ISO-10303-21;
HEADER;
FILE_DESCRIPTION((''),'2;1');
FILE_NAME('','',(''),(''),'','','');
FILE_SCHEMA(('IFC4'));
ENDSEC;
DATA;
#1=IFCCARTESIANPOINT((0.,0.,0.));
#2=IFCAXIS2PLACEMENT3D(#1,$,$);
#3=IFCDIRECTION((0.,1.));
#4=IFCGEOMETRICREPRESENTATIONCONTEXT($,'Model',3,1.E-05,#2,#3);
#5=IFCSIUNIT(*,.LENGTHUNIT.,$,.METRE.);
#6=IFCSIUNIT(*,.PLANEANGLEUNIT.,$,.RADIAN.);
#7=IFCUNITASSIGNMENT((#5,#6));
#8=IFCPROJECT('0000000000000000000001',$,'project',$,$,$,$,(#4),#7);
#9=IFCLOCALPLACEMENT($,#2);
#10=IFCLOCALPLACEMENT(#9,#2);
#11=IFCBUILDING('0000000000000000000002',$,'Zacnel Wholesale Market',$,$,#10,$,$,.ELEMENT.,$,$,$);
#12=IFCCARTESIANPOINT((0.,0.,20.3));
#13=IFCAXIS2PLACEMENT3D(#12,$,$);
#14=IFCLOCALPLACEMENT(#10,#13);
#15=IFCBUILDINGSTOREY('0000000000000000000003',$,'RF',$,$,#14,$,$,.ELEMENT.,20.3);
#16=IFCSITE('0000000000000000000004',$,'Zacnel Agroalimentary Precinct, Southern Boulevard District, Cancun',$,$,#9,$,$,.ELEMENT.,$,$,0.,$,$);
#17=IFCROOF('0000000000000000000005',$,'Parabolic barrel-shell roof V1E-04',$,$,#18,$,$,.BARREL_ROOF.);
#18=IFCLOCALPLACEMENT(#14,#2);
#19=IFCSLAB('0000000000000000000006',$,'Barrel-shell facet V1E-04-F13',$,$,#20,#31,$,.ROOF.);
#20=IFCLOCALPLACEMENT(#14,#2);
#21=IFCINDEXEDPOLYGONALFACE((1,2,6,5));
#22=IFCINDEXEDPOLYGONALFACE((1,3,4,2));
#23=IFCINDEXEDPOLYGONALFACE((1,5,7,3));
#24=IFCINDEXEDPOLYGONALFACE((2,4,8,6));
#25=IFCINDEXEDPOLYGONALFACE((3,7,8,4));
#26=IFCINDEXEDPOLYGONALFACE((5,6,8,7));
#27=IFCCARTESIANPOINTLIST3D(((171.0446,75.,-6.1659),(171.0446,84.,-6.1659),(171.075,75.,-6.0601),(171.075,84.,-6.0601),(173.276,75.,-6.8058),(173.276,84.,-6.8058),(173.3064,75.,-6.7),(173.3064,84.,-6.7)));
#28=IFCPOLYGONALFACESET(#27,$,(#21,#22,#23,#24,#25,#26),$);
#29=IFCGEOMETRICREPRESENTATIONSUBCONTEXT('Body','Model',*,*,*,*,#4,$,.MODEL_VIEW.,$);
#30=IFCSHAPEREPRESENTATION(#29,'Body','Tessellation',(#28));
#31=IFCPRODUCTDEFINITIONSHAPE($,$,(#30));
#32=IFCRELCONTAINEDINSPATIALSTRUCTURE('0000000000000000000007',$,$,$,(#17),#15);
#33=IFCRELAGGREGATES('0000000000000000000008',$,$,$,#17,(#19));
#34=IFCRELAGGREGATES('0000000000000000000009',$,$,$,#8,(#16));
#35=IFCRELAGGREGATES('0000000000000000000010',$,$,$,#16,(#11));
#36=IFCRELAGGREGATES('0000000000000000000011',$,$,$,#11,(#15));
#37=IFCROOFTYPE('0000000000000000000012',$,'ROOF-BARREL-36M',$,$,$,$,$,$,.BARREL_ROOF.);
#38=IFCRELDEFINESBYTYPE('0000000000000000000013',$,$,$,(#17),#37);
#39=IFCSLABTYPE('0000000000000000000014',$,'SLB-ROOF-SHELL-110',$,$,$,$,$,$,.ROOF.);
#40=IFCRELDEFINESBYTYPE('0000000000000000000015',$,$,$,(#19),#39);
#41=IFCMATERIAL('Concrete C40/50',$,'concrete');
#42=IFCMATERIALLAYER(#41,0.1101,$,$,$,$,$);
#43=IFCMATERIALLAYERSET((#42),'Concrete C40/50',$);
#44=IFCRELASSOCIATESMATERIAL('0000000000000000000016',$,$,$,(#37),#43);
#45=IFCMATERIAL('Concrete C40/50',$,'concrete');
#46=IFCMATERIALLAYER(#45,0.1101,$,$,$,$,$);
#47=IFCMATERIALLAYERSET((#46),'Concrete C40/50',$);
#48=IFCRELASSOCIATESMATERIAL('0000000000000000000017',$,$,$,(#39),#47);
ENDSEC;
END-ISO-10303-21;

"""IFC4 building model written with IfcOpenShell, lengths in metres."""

from ifc_helpers import new_model, si_unit, direction, frame, origin, place, context, subcontext, project, spatial, polyline, outline, extrude, material, layer, layer_set, type_object, element, aggregate, save


model = new_model("IFC4")

# Units and contexts
model_context = context("Model", 3, precision=1e-05, world=origin(), true_north=direction((0.0, 1.0)))
body_context = subcontext(model_context, "Body", "Model", "MODEL_VIEW")
ifc_project = project(units=[si_unit("LENGTHUNIT", "METRE"), si_unit("PLANEANGLEUNIT", "RADIAN")], contexts=[model_context])

# Site, building, storey
site_placement = place(None, origin())
site = spatial("IfcSite", under=ifc_project, at=site_placement, Name="Zacnel Agroalimentary Precinct, Southern Boulevard District, Cancun", CompositionType="ELEMENT", RefElevation=0.0)
building_placement = place(site_placement, origin())
building = spatial("IfcBuilding", under=site, at=building_placement, Name="Zacnel Wholesale Market", CompositionType="ELEMENT")
storey_placement = place(building_placement, frame((0.0, 0.0, 20.3)))
storey = spatial("IfcBuildingStorey", under=building, at=storey_placement, Name="RF", CompositionType="ELEMENT", Elevation=20.3)

# Roof, slab
ifc_material_1 = material(Name="Concrete C40/50", Category="concrete")
ifc_layer_1 = layer(ifc_material_1, 0.1101)
ifc_layer_set_1 = layer_set([ifc_layer_1], Name="Concrete C40/50")
roof_type = type_object("IfcRoofType", Name="ROOF-BARREL-36M", PredefinedType="BARREL_ROOF", material=ifc_layer_set_1)
ifc_material_2 = material(Name="Concrete C40/50", Category="concrete")
ifc_layer_2 = layer(ifc_material_2, 0.1101)
ifc_layer_set_2 = layer_set([ifc_layer_2], Name="Concrete C40/50")
slab_type = type_object("IfcSlabType", Name="SLB-ROOF-SHELL-110", PredefinedType="ROOF", material=ifc_layer_set_2)
roof_1_placement = place(storey_placement, origin())
roof_1 = element("IfcRoof", 1, at=roof_1_placement, inside=storey, type_object=roof_type, Name="Parabolic barrel-shell roof V1E-04", PredefinedType="BARREL_ROOF")
slab_1_placement = place(storey_placement, frame((171.075, 75.0, -6.0601), z_axis=(0.275652, 0.0, 0.961258), x_axis=(0.0, 1.0, 0.0)))
slab_1 = element("IfcSlab", 2, at=slab_1_placement, type_object=slab_type, Name="Barrel-shell facet V1E-04-F13", PredefinedType="ROOF", context=body_context, shape_type="SweptSolid", body=[
    extrude(outline(polyline([(0.0, 0.0), (9.0, 0.0), (9.0, -2.3214), (0.0, -2.3214), (0.0, 0.0)])), origin(), (0.0, 0.0, -1.0), 0.1101),
])
aggregate(roof_1, [slab_1])

save(model, "model.ifc")
